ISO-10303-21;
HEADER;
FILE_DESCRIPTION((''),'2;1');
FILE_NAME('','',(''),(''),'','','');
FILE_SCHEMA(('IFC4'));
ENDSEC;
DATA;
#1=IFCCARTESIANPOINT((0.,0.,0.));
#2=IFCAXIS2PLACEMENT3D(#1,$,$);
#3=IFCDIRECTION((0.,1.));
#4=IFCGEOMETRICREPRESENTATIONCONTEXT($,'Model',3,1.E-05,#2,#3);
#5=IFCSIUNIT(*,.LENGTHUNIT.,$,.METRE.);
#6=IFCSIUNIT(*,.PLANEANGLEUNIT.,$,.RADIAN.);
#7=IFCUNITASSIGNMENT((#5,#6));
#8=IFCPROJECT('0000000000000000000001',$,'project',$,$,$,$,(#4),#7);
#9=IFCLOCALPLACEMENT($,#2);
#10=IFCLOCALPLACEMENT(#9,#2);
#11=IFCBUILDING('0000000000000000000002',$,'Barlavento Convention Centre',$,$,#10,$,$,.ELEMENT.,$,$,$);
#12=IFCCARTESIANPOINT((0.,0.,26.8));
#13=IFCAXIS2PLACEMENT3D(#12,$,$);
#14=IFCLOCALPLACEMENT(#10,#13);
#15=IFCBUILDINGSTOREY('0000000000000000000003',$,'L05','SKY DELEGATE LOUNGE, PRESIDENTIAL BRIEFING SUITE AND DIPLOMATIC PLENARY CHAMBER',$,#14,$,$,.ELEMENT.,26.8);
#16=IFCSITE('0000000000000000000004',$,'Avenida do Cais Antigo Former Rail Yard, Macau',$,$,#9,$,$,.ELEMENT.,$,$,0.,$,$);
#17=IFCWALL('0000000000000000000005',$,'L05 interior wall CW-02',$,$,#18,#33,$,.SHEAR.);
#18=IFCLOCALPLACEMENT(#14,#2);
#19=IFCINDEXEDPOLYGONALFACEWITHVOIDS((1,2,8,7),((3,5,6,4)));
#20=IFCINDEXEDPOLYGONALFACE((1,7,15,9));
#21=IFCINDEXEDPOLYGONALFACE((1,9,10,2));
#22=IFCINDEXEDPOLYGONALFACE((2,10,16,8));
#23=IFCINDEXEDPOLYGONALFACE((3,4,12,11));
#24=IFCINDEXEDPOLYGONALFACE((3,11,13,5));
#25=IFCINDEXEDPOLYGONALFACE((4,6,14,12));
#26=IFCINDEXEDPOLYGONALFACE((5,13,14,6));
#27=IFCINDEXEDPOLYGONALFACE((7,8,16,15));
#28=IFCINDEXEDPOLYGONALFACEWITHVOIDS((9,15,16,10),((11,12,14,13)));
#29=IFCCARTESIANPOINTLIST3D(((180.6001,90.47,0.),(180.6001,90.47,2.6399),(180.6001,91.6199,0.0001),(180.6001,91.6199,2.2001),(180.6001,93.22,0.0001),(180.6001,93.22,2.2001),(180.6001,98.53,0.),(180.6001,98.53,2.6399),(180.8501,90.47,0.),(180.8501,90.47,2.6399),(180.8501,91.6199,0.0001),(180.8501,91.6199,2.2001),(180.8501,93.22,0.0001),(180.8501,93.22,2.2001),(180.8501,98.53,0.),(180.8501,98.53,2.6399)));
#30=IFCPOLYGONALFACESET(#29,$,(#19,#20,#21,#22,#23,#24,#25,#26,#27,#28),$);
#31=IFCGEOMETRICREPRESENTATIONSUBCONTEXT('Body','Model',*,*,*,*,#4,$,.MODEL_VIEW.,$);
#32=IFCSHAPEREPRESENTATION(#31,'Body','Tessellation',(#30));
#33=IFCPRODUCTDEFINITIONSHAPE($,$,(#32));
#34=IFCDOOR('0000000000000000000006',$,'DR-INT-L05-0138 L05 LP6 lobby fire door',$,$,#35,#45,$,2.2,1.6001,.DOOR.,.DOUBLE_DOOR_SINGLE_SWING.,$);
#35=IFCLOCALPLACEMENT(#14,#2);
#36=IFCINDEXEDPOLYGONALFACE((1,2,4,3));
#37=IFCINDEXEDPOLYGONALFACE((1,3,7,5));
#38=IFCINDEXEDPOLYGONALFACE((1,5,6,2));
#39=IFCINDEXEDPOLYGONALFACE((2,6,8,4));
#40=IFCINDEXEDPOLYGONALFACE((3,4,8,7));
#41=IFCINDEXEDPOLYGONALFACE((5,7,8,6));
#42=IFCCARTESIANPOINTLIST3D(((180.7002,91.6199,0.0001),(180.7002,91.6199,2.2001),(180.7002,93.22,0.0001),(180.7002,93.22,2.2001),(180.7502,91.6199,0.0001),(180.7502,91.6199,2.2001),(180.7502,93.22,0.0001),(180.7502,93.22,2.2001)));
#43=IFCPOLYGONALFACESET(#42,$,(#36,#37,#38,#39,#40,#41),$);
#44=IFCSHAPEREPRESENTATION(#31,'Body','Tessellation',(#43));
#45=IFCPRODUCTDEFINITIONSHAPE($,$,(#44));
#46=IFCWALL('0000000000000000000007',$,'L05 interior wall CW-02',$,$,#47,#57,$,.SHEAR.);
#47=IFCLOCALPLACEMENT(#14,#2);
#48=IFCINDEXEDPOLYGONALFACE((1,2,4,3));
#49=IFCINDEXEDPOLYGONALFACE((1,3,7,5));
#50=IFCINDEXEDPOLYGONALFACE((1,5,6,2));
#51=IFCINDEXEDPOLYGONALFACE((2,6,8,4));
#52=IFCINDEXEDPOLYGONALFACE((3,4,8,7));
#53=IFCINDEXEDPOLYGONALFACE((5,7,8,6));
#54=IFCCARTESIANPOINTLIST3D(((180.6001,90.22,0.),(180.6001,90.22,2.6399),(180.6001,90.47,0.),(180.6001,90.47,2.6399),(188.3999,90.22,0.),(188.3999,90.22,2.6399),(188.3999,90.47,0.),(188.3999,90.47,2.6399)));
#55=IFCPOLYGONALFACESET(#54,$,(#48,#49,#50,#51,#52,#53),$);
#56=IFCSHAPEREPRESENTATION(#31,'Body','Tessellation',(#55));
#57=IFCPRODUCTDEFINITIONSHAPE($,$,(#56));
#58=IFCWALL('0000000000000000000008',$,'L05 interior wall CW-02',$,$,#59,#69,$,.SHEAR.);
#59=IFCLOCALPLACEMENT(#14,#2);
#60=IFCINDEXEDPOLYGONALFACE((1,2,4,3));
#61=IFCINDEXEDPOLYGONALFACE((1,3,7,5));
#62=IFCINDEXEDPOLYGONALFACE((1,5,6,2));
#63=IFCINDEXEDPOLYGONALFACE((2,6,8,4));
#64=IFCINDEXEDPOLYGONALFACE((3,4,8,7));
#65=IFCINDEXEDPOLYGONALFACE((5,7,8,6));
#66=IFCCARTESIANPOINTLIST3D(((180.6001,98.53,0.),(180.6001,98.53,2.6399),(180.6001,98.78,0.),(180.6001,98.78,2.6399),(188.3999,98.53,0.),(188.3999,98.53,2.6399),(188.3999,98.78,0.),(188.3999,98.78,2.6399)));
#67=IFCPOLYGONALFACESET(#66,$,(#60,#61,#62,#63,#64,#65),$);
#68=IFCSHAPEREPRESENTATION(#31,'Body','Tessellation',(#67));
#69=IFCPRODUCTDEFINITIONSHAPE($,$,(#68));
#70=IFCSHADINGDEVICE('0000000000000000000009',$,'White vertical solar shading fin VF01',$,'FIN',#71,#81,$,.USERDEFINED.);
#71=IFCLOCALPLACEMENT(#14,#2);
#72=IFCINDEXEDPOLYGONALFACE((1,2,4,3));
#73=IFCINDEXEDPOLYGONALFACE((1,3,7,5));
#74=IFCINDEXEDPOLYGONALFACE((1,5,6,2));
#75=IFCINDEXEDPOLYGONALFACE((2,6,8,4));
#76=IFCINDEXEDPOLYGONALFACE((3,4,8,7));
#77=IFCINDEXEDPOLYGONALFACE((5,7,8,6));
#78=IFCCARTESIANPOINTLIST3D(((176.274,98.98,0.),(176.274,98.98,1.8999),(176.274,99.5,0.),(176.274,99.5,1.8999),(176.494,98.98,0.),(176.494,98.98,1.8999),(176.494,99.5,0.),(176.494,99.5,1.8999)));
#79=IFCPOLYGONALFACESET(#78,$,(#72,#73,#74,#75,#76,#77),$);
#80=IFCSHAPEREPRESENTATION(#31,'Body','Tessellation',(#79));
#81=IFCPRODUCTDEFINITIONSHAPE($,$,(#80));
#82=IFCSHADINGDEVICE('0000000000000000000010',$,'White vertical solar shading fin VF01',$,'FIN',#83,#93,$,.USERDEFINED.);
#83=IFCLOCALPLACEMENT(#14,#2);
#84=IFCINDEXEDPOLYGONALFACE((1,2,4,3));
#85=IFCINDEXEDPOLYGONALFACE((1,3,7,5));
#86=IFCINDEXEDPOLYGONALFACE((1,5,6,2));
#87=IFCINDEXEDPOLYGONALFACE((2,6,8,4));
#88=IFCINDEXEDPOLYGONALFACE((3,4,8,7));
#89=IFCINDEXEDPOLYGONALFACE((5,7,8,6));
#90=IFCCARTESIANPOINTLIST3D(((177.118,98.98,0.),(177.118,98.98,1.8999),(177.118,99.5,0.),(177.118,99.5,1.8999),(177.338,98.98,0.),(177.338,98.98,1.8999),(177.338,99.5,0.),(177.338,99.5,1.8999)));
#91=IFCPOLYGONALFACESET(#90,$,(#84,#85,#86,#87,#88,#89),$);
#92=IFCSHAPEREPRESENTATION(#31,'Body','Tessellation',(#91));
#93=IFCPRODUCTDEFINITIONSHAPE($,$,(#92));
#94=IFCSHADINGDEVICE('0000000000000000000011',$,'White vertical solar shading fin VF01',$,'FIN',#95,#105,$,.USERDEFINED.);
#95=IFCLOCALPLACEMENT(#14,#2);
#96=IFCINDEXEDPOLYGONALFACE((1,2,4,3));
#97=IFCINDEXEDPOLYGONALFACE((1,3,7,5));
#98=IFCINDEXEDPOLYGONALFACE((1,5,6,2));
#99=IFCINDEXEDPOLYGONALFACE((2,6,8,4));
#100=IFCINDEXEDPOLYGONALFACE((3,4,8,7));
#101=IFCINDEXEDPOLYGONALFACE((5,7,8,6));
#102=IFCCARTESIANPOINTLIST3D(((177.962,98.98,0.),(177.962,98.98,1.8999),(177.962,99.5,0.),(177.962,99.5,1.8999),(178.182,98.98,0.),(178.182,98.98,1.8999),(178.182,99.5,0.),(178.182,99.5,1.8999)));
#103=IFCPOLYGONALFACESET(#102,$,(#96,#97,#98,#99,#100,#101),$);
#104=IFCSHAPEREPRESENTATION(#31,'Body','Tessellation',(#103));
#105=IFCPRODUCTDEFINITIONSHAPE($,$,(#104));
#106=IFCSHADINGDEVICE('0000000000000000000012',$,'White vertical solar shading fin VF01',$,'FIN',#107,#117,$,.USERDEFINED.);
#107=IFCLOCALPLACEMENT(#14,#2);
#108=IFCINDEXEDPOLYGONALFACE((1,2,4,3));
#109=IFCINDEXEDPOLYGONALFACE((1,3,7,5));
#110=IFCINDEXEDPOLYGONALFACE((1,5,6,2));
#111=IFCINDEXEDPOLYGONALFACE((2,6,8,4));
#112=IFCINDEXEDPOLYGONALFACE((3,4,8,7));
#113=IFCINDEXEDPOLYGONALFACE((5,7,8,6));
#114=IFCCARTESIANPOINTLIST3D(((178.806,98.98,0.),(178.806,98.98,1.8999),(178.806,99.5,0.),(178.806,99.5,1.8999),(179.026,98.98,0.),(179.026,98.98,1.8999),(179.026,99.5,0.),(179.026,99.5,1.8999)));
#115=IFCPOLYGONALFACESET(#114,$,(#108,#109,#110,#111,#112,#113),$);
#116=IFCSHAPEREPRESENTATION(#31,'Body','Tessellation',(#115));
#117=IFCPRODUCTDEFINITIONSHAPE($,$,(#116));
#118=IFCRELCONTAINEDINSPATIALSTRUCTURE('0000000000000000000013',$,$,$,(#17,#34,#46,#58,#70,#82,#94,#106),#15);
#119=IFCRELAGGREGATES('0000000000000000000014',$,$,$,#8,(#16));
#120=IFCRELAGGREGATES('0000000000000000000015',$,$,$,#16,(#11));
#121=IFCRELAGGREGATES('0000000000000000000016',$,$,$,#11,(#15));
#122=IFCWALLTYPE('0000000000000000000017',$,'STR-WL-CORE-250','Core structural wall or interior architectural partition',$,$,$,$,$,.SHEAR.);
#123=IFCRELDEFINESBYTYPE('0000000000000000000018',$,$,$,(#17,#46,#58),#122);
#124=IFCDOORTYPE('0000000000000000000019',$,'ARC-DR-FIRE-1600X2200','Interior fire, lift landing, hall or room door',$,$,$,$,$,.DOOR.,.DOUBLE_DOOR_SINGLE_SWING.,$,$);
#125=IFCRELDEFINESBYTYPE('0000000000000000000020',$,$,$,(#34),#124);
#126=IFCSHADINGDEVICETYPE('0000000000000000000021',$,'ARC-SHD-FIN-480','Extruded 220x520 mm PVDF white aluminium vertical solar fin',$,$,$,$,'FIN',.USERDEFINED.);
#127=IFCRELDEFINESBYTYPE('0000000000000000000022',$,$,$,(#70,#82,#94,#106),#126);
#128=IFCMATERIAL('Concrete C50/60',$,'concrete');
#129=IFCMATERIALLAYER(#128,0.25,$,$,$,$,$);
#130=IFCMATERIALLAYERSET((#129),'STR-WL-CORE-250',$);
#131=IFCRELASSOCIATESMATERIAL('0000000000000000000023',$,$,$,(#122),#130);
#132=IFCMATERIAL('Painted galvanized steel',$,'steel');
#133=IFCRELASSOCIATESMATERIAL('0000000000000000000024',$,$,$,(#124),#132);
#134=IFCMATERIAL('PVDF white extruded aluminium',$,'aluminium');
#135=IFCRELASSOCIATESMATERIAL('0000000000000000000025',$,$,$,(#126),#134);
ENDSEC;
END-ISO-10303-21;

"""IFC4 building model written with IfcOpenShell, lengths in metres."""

from ifc_helpers import new_model, si_unit, direction, frame, frame_2d, origin, origin_2d, place, context, subcontext, project, spatial, rectangle, extrude, material, layer, layer_set, type_object, element, fill, save


model = new_model("IFC4")

# Units and contexts
model_context = context("Model", 3, precision=1e-05, world=origin(), true_north=direction((0.0, 1.0)))
body_context = subcontext(model_context, "Body", "Model", "MODEL_VIEW")
ifc_project = project(units=[si_unit("LENGTHUNIT", "METRE"), si_unit("PLANEANGLEUNIT", "RADIAN")], contexts=[model_context])

# Site, building, storey
site_placement = place(None, origin())
site = spatial("IfcSite", under=ifc_project, at=site_placement, Name="Avenida do Cais Antigo Former Rail Yard, Macau", CompositionType="ELEMENT", RefElevation=0.0)
building_placement = place(site_placement, origin())
building = spatial("IfcBuilding", under=site, at=building_placement, Name="Barlavento Convention Centre", CompositionType="ELEMENT")
storey_placement = place(building_placement, frame((0.0, 0.0, 26.8)))
storey = spatial("IfcBuildingStorey", under=building, at=storey_placement, Name="L05", Description="SKY DELEGATE LOUNGE, PRESIDENTIAL BRIEFING SUITE AND DIPLOMATIC PLENARY CHAMBER", CompositionType="ELEMENT", Elevation=26.8)

# Wall, opening, door
ifc_material_1 = material(Name="Concrete C50/60", Category="concrete")
ifc_layer_1 = layer(ifc_material_1, 0.25)
ifc_layer_set_1 = layer_set([ifc_layer_1], Name="STR-WL-CORE-250")
wall_type_1 = type_object("IfcWallType", Name="STR-WL-CORE-250", Description="Core structural wall or interior architectural partition", PredefinedType="SHEAR", material=ifc_layer_set_1)
wall_1_placement = place(storey_placement, frame((180.7251, 90.47, 0.0), z_axis=(0.0, 0.0, 1.0), x_axis=(0.0, 1.0, 0.0)))
wall_1 = element("IfcWall", 1, at=wall_1_placement, inside=storey, type_object=wall_type_1, Name="L05 interior wall CW-02", PredefinedType="SHEAR", context=body_context, shape_type="SweptSolid", body=[
    extrude(rectangle(XDim=8.0601, YDim=0.25, at=frame_2d((4.03, 0.0))), origin(), (0.0, 0.0, 1.0), 2.6399),
])
opening_placement = place(wall_1_placement, frame((1.1499, 0.0, 0.0)))
opening = element("IfcOpeningElement", 2, at=opening_placement, cuts=wall_1, PredefinedType="OPENING", context=body_context, shape_type="SweptSolid", body=[
    extrude(rectangle(XDim=1.6001, YDim=2.2, at=frame_2d((0.8, 1.1001))), frame((0.0, 0.135, 0.0), z_axis=(0.0, -1.0, 0.0), x_axis=(1.0, 0.0, 0.0)), (0.0, 0.0, 1.0), 0.27),
])
ifc_material_2 = material(Name="Painted galvanized steel", Category="steel")
door_type = type_object("IfcDoorType", Name="ARC-DR-FIRE-1600X2200", Description="Interior fire, lift landing, hall or room door", OperationType="DOUBLE_DOOR_SINGLE_SWING", PredefinedType="DOOR", material=ifc_material_2)
door_placement = place(opening_placement, origin())
door = element("IfcDoor", 3, at=door_placement, inside=storey, type_object=door_type, Name="DR-INT-L05-0138 L05 LP6 lobby fire door", OperationType="DOUBLE_DOOR_SINGLE_SWING", OverallHeight=2.2, OverallWidth=1.6001, PredefinedType="DOOR", context=body_context, shape_type="SweptSolid", body=[
    extrude(rectangle(XDim=1.6001, YDim=2.2, at=frame_2d((0.8, 1.1001))), frame((0.0, 0.0249, 0.0), z_axis=(0.0, -1.0, 0.0), x_axis=(1.0, 0.0, 0.0)), (0.0, 0.0, 1.0), 0.05),
])
fill(opening, door)

# Walls
for number, where, z_axis, x_axis, name in (
    (4, (180.6001, 90.345, 0.0), (0.0, 0.0, 1.0), (1.0, 0.0, 0.0), "L05 interior wall CW-02"),
    (5, (180.6001, 98.655, 0.0), (0.0, 0.0, 1.0), (1.0, 0.0, 0.0), "L05 interior wall CW-02"),
):
    element("IfcWall", number, at=place(storey_placement, frame(where, z_axis=z_axis, x_axis=x_axis)), inside=storey, type_object=wall_type_1, Name=name, PredefinedType="SHEAR", context=body_context, shape_type="SweptSolid", body=[
        extrude(rectangle(XDim=7.7998, YDim=0.25, at=frame_2d((3.8999, 0.0))), origin(), (0.0, 0.0, 1.0), 2.6399),
    ])

# Shading devices
ifc_material_3 = material(Name="PVDF white extruded aluminium", Category="aluminium")
shading_device_type = type_object("IfcShadingDeviceType", Name="ARC-SHD-FIN-480", Description="Extruded 220x520 mm PVDF white aluminium vertical solar fin", ElementType="FIN", PredefinedType="USERDEFINED", material=ifc_material_3)
for number, where, z_axis, x_axis, name in (
    (6, (176.384, 99.24, 0.0), (0.0, 0.0, 1.0), (1.0, 0.0, 0.0), "White vertical solar shading fin VF01"),
    (7, (177.228, 99.24, 0.0), (0.0, 0.0, 1.0), (1.0, 0.0, 0.0), "White vertical solar shading fin VF01"),
    (8, (178.072, 99.24, 0.0), (0.0, 0.0, 1.0), (1.0, 0.0, 0.0), "White vertical solar shading fin VF01"),
    (9, (178.916, 99.24, 0.0), (0.0, 0.0, 1.0), (1.0, 0.0, 0.0), "White vertical solar shading fin VF01"),
):
    element("IfcShadingDevice", number, at=place(storey_placement, frame(where, z_axis=z_axis, x_axis=x_axis)), inside=storey, type_object=shading_device_type, Name=name, ObjectType="FIN", PredefinedType="USERDEFINED", context=body_context, shape_type="SweptSolid", body=[
        extrude(rectangle(XDim=0.22, YDim=0.52, at=origin_2d()), origin(), (0.0, 0.0, 1.0), 1.8999),
    ])

save(model, "model.ifc")
